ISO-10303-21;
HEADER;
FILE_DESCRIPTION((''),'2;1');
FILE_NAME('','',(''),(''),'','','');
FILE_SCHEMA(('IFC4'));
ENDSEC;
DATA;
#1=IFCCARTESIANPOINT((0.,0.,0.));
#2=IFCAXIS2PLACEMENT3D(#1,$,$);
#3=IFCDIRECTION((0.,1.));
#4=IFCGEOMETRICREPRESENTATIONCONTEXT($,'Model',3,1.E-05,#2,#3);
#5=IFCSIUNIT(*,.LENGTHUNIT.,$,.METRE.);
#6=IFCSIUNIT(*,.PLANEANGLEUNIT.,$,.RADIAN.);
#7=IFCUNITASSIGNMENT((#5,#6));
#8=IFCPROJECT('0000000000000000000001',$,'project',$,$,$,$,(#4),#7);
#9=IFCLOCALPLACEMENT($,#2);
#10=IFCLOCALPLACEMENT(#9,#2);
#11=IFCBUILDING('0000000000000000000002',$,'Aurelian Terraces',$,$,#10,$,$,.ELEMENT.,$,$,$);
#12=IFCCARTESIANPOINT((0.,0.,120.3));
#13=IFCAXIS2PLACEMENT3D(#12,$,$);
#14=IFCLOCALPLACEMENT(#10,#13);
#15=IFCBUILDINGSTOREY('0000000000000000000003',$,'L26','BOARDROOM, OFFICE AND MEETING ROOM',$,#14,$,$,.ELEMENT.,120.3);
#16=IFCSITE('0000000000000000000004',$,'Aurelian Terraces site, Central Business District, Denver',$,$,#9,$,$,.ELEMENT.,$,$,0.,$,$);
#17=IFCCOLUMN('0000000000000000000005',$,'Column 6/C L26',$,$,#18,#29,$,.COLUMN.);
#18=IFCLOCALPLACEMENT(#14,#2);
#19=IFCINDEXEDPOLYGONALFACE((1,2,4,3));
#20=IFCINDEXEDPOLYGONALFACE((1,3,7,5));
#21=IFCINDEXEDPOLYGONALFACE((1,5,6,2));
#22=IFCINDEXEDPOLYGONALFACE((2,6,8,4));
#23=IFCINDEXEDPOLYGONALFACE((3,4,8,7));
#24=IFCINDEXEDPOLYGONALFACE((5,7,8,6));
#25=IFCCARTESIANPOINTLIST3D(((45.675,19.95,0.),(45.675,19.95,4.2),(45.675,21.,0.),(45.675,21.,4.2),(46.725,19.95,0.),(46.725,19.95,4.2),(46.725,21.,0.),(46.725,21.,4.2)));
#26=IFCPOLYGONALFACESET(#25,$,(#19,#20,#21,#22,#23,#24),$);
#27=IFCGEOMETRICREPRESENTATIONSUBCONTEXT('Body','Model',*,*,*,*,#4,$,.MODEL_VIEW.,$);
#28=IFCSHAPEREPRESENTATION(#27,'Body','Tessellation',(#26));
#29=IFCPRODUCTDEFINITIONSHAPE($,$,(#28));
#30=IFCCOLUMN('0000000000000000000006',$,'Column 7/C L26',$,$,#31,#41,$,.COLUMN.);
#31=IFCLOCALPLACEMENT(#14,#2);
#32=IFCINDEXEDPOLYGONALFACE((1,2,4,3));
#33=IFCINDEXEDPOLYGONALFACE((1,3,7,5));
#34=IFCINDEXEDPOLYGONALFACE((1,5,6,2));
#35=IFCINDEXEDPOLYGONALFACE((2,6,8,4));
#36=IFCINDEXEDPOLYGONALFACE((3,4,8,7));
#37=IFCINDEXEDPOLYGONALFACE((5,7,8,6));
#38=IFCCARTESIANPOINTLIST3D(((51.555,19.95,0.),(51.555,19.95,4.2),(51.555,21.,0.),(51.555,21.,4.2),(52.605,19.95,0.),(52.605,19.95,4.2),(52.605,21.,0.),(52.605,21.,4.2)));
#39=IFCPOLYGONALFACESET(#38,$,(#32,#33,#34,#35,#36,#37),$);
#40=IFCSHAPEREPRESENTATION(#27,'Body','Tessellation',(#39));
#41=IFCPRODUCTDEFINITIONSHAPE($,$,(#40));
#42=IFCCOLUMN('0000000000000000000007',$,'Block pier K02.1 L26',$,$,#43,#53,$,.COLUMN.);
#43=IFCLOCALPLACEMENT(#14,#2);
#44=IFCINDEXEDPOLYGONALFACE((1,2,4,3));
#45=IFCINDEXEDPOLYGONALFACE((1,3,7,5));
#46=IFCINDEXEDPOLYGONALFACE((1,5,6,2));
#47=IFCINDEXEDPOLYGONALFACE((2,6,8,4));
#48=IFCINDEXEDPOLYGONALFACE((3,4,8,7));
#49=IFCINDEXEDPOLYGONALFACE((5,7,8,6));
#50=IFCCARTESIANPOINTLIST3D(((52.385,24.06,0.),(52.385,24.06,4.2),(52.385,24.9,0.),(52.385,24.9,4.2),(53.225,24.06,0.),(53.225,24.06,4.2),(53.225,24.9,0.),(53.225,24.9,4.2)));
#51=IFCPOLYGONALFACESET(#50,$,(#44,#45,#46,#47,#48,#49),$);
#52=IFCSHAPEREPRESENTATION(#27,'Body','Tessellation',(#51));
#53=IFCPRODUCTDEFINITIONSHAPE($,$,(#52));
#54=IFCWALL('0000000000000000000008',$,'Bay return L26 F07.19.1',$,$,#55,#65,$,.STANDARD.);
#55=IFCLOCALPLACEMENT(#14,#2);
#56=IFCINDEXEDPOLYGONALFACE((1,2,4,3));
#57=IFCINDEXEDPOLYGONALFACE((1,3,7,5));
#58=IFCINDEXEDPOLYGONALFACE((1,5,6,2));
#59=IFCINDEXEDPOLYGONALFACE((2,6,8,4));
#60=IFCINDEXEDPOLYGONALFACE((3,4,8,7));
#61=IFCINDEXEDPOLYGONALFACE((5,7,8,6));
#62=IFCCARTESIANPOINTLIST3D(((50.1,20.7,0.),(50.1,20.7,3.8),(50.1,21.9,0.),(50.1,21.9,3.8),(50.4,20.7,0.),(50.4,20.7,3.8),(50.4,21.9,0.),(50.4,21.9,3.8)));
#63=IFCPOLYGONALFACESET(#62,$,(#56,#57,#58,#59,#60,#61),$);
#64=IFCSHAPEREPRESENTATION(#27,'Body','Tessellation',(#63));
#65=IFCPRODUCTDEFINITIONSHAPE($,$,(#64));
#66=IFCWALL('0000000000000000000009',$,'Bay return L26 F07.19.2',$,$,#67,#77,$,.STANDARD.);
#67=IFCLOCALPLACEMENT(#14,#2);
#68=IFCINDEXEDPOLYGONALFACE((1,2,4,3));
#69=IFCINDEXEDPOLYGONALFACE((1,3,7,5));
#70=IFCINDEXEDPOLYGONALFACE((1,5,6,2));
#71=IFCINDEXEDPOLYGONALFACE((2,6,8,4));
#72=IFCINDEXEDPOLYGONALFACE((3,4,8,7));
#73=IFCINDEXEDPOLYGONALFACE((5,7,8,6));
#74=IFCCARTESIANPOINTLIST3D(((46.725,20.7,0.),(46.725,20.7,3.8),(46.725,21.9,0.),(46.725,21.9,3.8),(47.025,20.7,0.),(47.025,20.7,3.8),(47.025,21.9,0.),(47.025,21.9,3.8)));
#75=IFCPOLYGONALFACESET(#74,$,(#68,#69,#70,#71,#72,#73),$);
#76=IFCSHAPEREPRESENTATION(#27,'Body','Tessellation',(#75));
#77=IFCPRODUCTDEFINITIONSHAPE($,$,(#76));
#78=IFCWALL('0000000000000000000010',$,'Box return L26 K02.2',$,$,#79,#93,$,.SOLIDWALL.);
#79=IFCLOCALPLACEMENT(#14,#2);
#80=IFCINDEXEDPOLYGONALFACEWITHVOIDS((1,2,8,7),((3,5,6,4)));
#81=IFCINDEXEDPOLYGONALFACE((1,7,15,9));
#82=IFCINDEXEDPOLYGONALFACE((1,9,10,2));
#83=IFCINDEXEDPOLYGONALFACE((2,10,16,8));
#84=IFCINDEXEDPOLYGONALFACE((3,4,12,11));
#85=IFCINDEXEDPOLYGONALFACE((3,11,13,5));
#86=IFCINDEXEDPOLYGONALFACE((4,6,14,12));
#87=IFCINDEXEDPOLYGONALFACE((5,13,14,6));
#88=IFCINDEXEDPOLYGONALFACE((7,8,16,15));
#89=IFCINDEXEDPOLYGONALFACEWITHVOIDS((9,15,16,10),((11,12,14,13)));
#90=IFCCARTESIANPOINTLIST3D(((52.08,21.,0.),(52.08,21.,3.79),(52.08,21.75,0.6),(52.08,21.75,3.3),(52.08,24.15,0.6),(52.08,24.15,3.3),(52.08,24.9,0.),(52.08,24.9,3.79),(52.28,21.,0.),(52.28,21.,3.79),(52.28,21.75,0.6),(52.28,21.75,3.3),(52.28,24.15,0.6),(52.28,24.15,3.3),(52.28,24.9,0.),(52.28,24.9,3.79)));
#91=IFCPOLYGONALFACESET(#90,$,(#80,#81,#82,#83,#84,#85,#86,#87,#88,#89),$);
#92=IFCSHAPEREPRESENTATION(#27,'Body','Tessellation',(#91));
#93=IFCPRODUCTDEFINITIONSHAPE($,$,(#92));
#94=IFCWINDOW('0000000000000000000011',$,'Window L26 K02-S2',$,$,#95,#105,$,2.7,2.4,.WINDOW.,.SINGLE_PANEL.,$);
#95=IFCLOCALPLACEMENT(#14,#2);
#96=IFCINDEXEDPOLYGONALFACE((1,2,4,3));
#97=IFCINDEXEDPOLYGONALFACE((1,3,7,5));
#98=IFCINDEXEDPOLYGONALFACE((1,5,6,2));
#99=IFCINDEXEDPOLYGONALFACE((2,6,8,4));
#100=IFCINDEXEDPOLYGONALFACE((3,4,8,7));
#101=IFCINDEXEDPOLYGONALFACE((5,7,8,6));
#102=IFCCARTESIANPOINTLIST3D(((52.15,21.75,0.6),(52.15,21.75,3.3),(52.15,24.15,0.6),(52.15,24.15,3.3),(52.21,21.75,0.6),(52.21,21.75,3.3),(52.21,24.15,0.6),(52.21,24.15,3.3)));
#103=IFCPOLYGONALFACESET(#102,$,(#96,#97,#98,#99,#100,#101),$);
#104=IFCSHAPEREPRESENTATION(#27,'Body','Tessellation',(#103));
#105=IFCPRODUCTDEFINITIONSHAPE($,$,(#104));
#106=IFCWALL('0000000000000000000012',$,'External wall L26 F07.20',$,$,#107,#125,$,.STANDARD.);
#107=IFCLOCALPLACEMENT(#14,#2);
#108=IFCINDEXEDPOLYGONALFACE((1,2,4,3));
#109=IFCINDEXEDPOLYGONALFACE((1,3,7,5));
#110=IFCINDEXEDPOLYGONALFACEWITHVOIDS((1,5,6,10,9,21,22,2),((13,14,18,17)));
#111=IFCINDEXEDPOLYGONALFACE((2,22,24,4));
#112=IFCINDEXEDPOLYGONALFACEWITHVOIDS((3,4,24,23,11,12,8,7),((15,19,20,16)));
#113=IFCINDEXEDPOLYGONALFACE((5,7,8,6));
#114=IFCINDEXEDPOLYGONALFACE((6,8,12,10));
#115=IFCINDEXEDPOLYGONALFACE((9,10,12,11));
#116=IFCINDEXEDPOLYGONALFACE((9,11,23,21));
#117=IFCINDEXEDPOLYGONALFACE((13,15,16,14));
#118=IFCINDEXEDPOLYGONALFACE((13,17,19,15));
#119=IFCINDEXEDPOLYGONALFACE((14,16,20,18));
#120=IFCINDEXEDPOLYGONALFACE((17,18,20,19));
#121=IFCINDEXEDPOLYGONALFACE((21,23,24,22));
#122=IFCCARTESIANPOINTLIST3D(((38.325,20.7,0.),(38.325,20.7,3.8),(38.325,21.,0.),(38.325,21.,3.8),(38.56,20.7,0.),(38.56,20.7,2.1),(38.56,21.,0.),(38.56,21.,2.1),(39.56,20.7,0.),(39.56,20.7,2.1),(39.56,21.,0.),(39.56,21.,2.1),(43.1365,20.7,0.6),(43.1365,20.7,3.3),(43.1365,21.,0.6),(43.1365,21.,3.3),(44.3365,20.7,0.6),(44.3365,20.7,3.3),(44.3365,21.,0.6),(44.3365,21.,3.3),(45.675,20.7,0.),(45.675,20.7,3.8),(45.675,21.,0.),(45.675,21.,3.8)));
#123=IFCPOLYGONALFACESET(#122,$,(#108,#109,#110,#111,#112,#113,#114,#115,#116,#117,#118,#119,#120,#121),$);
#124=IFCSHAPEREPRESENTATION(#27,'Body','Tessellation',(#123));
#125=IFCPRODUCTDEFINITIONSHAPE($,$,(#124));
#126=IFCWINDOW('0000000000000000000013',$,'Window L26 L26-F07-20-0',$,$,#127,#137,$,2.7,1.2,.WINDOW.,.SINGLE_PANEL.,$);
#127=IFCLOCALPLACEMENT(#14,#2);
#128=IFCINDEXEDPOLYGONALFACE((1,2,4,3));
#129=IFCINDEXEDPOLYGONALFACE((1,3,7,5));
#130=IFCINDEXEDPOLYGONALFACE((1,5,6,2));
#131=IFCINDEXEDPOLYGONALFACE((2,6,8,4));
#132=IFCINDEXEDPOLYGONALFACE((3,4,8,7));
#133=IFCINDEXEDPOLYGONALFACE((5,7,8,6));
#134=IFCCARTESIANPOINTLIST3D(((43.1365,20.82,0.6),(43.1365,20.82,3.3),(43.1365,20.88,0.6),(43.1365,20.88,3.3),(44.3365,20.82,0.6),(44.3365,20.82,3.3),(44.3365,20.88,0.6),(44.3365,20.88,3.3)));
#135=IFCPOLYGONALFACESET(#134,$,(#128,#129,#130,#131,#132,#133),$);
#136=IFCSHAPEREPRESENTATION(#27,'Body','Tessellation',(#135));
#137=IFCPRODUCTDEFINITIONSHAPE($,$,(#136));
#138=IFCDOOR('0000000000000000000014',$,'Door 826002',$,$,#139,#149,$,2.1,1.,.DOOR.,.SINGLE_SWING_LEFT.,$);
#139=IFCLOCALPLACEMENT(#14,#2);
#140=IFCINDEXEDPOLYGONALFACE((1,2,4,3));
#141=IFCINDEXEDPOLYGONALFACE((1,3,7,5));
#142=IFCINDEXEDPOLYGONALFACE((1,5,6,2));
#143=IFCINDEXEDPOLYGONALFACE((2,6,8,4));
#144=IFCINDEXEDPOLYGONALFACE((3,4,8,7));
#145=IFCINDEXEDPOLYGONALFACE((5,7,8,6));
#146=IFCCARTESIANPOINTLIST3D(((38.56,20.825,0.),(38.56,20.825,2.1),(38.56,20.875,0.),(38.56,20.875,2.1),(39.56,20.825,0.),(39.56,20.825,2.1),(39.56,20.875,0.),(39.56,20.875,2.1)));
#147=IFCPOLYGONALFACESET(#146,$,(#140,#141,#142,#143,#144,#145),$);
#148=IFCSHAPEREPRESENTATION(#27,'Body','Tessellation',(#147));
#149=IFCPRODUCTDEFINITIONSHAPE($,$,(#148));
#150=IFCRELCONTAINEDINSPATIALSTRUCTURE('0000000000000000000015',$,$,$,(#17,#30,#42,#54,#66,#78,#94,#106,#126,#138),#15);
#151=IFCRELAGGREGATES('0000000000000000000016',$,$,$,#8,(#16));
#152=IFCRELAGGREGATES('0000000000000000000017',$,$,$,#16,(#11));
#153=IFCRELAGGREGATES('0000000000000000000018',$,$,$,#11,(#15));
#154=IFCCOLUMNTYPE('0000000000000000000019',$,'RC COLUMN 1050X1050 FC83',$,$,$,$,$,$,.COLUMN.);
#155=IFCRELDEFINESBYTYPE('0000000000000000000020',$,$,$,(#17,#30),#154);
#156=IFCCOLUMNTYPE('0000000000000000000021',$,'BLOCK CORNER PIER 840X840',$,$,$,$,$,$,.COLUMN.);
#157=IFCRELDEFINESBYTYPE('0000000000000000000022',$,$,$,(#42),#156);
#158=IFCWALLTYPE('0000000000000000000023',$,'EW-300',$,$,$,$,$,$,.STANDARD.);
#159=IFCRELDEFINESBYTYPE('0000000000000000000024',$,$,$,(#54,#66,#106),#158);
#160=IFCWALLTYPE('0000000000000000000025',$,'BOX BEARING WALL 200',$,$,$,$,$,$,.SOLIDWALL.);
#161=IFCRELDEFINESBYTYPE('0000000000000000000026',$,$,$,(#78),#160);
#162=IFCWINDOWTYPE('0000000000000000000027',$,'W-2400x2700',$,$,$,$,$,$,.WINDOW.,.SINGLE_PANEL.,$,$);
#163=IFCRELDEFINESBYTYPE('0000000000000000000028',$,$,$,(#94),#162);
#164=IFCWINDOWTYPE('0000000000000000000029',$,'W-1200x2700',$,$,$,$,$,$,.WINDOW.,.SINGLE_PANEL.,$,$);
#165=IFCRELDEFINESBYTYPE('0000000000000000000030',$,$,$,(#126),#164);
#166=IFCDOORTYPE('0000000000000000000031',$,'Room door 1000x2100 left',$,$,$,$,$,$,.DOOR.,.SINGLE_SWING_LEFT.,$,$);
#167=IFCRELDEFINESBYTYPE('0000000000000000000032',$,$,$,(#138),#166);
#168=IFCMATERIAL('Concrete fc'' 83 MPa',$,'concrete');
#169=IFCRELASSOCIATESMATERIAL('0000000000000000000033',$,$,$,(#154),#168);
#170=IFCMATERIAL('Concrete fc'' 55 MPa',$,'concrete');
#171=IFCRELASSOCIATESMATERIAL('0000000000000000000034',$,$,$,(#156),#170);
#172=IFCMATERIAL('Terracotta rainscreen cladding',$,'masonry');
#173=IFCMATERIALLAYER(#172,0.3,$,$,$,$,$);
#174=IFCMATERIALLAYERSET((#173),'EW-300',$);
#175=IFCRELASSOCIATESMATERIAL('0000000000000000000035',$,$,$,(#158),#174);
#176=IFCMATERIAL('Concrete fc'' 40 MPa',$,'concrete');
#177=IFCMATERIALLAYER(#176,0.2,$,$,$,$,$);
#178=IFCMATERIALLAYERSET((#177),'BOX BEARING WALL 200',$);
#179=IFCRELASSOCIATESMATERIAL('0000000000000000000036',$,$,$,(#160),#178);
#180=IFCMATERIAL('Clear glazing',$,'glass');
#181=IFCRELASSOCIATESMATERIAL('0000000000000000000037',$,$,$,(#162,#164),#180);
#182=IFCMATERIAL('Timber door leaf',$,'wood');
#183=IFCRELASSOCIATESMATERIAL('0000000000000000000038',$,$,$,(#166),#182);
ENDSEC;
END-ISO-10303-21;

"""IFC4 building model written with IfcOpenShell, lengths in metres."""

from ifc_helpers import new_model, si_unit, direction, frame, frame_2d, origin, origin_2d, place, context, subcontext, project, spatial, rectangle, extrude, source, transform, mapped, material, layer, layer_set, material_profile, profile_set, type_object, element, fill, save


model = new_model("IFC4")

# Units and contexts
model_context = context("Model", 3, precision=1e-05, world=origin(), true_north=direction((0.0, 1.0)))
body_context = subcontext(model_context, "Body", "Model", "MODEL_VIEW")
ifc_project = project(units=[si_unit("LENGTHUNIT", "METRE"), si_unit("PLANEANGLEUNIT", "RADIAN")], contexts=[model_context])

# Site, building, storey
site_placement = place(None, origin())
site = spatial("IfcSite", under=ifc_project, at=site_placement, Name="Aurelian Terraces site, Central Business District, Denver", CompositionType="ELEMENT", RefElevation=0.0)
building_placement = place(site_placement, origin())
building = spatial("IfcBuilding", under=site, at=building_placement, Name="Aurelian Terraces", CompositionType="ELEMENT")
storey_placement = place(building_placement, frame((0.0, 0.0, 120.3)))
storey = spatial("IfcBuildingStorey", under=building, at=storey_placement, Name="L26", Description="BOARDROOM, OFFICE AND MEETING ROOM", CompositionType="ELEMENT", Elevation=120.3)

# Columns
ifc_material_1 = material(Name="Concrete fc' 83 MPa", Category="concrete")
ifc_material_profile_1 = material_profile(ifc_material_1, rectangle(XDim=1.05, YDim=1.05, at=origin_2d()))
ifc_profile_set_1 = profile_set([ifc_material_profile_1], Name="Concrete fc' 83 MPa")
column_type_1 = type_object("IfcColumnType", Name="RC COLUMN 1050X1050 FC83", PredefinedType="COLUMN", material=ifc_profile_set_1)
shared_shape_1 = source(origin(), body_context, "Body", "SweptSolid", [
    extrude(rectangle(XDim=1.05, YDim=1.05, at=origin_2d()), origin(), (0.0, 0.0, 1.0), 4.2),
])
for number, where, z_axis, x_axis, name in (
    (1, (46.2, 20.475, 0.0), (0.0, 0.0, 1.0), (1.0, 0.0, 0.0), "Column 6/C L26"),
    (2, (52.08, 20.475, 0.0), (0.0, 0.0, 1.0), (1.0, 0.0, 0.0), "Column 7/C L26"),
):
    element("IfcColumn", number, at=place(storey_placement, frame(where, z_axis=z_axis, x_axis=x_axis)), inside=storey, type_object=column_type_1, Name=name, PredefinedType="COLUMN", context=body_context, shape_type="MappedRepresentation", body=[
        mapped(shared_shape_1, transform((0.0, 0.0, 0.0), scale=1.0)),
    ])
ifc_material_2 = material(Name="Concrete fc' 55 MPa", Category="concrete")
ifc_material_profile_2 = material_profile(ifc_material_2, rectangle(XDim=0.84, YDim=0.84, at=origin_2d()))
ifc_profile_set_2 = profile_set([ifc_material_profile_2], Name="Concrete fc' 55 MPa")
column_type_2 = type_object("IfcColumnType", Name="BLOCK CORNER PIER 840X840", PredefinedType="COLUMN", material=ifc_profile_set_2)
shared_shape_2 = source(origin(), body_context, "Body", "SweptSolid", [
    extrude(rectangle(XDim=0.84, YDim=0.84, at=origin_2d()), origin(), (0.0, 0.0, 1.0), 4.2),
])
column_placement = place(storey_placement, frame((52.805, 24.48, 0.0), z_axis=(0.0, 0.0, 1.0), x_axis=(1.0, 0.0, 0.0)))
element("IfcColumn", 3, at=column_placement, inside=storey, type_object=column_type_2, Name="Block pier K02.1 L26", PredefinedType="COLUMN", context=body_context, shape_type="MappedRepresentation", body=[
    mapped(shared_shape_2, transform((0.0, 0.0, 0.0), scale=1.0)),
])

# Walls
ifc_material_3 = material(Name="Terracotta rainscreen cladding", Category="masonry")
ifc_layer_1 = layer(ifc_material_3, 0.3)
ifc_layer_set_1 = layer_set([ifc_layer_1], Name="EW-300")
wall_type_1 = type_object("IfcWallType", Name="EW-300", PredefinedType="STANDARD", material=ifc_layer_set_1)
shared_shape_3 = source(origin(), body_context, "Body", "SweptSolid", [
    extrude(rectangle(XDim=1.2, YDim=0.3, at=frame_2d((0.6, 0.0))), origin(), (0.0, 0.0, 1.0), 3.8),
])
for number, where, z_axis, x_axis, name in (
    (4, (50.25, 20.7, 0.0), (0.0, 0.0, 1.0), (0.0, 1.0, 0.0), "Bay return L26 F07.19.1"),
    (5, (46.875, 20.7, 0.0), (0.0, 0.0, 1.0), (0.0, 1.0, 0.0), "Bay return L26 F07.19.2"),
):
    element("IfcWall", number, at=place(storey_placement, frame(where, z_axis=z_axis, x_axis=x_axis)), inside=storey, type_object=wall_type_1, Name=name, PredefinedType="STANDARD", context=body_context, shape_type="MappedRepresentation", body=[
        mapped(shared_shape_3, transform((0.0, 0.0, 0.0), scale=1.0)),
    ])

# Wall, opening, window
ifc_material_4 = material(Name="Concrete fc' 40 MPa", Category="concrete")
ifc_layer_2 = layer(ifc_material_4, 0.2)
ifc_layer_set_2 = layer_set([ifc_layer_2], Name="BOX BEARING WALL 200")
wall_type_2 = type_object("IfcWallType", Name="BOX BEARING WALL 200", PredefinedType="SOLIDWALL", material=ifc_layer_set_2)
shared_shape_4 = source(origin(), body_context, "Body", "SweptSolid", [
    extrude(rectangle(XDim=3.9, YDim=0.2, at=frame_2d((1.95, 0.0))), origin(), (0.0, 0.0, 1.0), 3.79),
])
wall_1_placement = place(storey_placement, frame((52.18, 21.0, 0.0), z_axis=(0.0, 0.0, 1.0), x_axis=(0.0, 1.0, 0.0)))
wall_1 = element("IfcWall", 6, at=wall_1_placement, inside=storey, type_object=wall_type_2, Name="Box return L26 K02.2", PredefinedType="SOLIDWALL", context=body_context, shape_type="MappedRepresentation", body=[
    mapped(shared_shape_4, transform((0.0, 0.0, 0.0), scale=1.0)),
])
shared_shape_5 = source(origin(), body_context, "Body", "SweptSolid", [
    extrude(rectangle(XDim=2.4, YDim=2.7, at=frame_2d((1.2, 1.35))), frame((0.0, 0.11, 0.0), z_axis=(0.0, -1.0, 0.0), x_axis=(1.0, 0.0, 0.0)), (0.0, 0.0, 1.0), 0.22),
])
opening_1_placement = place(wall_1_placement, frame((0.75, 0.0, 0.6)))
opening_1 = element("IfcOpeningElement", 7, at=opening_1_placement, cuts=wall_1, PredefinedType="OPENING", context=body_context, shape_type="MappedRepresentation", body=[
    mapped(shared_shape_5, transform((0.0, 0.0, 0.0), scale=1.0)),
])
ifc_material_5 = material(Name="Clear glazing", Category="glass")
window_type_1 = type_object("IfcWindowType", Name="W-2400x2700", PartitioningType="SINGLE_PANEL", PredefinedType="WINDOW", material=ifc_material_5)
shared_shape_6 = source(origin(), body_context, "Body", "SweptSolid", [
    extrude(rectangle(XDim=2.4, YDim=2.7, at=frame_2d((1.2, 1.35))), frame((0.0, 0.03, 0.0), z_axis=(0.0, -1.0, 0.0), x_axis=(1.0, 0.0, 0.0)), (0.0, 0.0, 1.0), 0.06),
])
window_1_placement = place(opening_1_placement, origin())
window_1 = element("IfcWindow", 8, at=window_1_placement, inside=storey, type_object=window_type_1, Name="Window L26 K02-S2", OverallHeight=2.7, OverallWidth=2.4, PartitioningType="SINGLE_PANEL", PredefinedType="WINDOW", context=body_context, shape_type="MappedRepresentation", body=[
    mapped(shared_shape_6, transform((0.0, 0.0, 0.0), scale=1.0)),
])
fill(opening_1, window_1)

# Wall, openings, window, door
shared_shape_7 = source(origin(), body_context, "Body", "SweptSolid", [
    extrude(rectangle(XDim=7.35, YDim=0.3, at=frame_2d((3.675, 0.0))), origin(), (0.0, 0.0, 1.0), 3.8),
])
wall_2_placement = place(storey_placement, frame((45.675, 20.85, 0.0), z_axis=(0.0, 0.0, 1.0), x_axis=(-1.0, 0.0, 0.0)))
wall_2 = element("IfcWall", 9, at=wall_2_placement, inside=storey, type_object=wall_type_1, Name="External wall L26 F07.20", PredefinedType="STANDARD", context=body_context, shape_type="MappedRepresentation", body=[
    mapped(shared_shape_7, transform((0.0, 0.0, 0.0), scale=1.0)),
])
shared_shape_8 = source(origin(), body_context, "Body", "SweptSolid", [
    extrude(rectangle(XDim=1.2, YDim=2.7, at=frame_2d((0.6, 1.35))), frame((0.0, 0.16, 0.0), z_axis=(0.0, -1.0, 0.0), x_axis=(1.0, 0.0, 0.0)), (0.0, 0.0, 1.0), 0.32),
])
opening_2_placement = place(wall_2_placement, frame((1.3385, 0.0, 0.6)))
opening_2 = element("IfcOpeningElement", 10, at=opening_2_placement, cuts=wall_2, PredefinedType="OPENING", context=body_context, shape_type="MappedRepresentation", body=[
    mapped(shared_shape_8, transform((0.0, 0.0, 0.0), scale=1.0)),
])
shared_shape_9 = source(origin(), body_context, "Body", "SweptSolid", [
    extrude(rectangle(XDim=1.0, YDim=2.1, at=frame_2d((0.5, 1.05))), frame((0.0, 0.16, 0.0), z_axis=(0.0, -1.0, 0.0), x_axis=(1.0, 0.0, 0.0)), (0.0, 0.0, 1.0), 0.32),
])
opening_3_placement = place(wall_2_placement, frame((6.115, 0.0, 0.0)))
opening_3 = element("IfcOpeningElement", 11, at=opening_3_placement, cuts=wall_2, PredefinedType="OPENING", context=body_context, shape_type="MappedRepresentation", body=[
    mapped(shared_shape_9, transform((0.0, 0.0, 0.0), scale=1.0)),
])
window_type_2 = type_object("IfcWindowType", Name="W-1200x2700", PartitioningType="SINGLE_PANEL", PredefinedType="WINDOW", material=ifc_material_5)
shared_shape_10 = source(origin(), body_context, "Body", "SweptSolid", [
    extrude(rectangle(XDim=1.2, YDim=2.7, at=frame_2d((0.6, 1.35))), frame((0.0, 0.03, 0.0), z_axis=(0.0, -1.0, 0.0), x_axis=(1.0, 0.0, 0.0)), (0.0, 0.0, 1.0), 0.06),
])
window_2_placement = place(opening_2_placement, origin())
window_2 = element("IfcWindow", 12, at=window_2_placement, inside=storey, type_object=window_type_2, Name="Window L26 L26-F07-20-0", OverallHeight=2.7, OverallWidth=1.2, PartitioningType="SINGLE_PANEL", PredefinedType="WINDOW", context=body_context, shape_type="MappedRepresentation", body=[
    mapped(shared_shape_10, transform((0.0, 0.0, 0.0), scale=1.0)),
])
fill(opening_2, window_2)
ifc_material_6 = material(Name="Timber door leaf", Category="wood")
door_type_1 = type_object("IfcDoorType", Name="Room door 1000x2100 left", OperationType="SINGLE_SWING_LEFT", PredefinedType="DOOR", material=ifc_material_6)
shared_shape_11 = source(origin(), body_context, "Body", "SweptSolid", [
    extrude(rectangle(XDim=1.0, YDim=2.1, at=frame_2d((0.5, 1.05))), frame((0.0, 0.025, 0.0), z_axis=(0.0, -1.0, 0.0), x_axis=(1.0, 0.0, 0.0)), (0.0, 0.0, 1.0), 0.05),
])
door_1_placement = place(opening_3_placement, origin())
door_1 = element("IfcDoor", 13, at=door_1_placement, inside=storey, type_object=door_type_1, Name="Door 826002", OperationType="SINGLE_SWING_LEFT", OverallHeight=2.1, OverallWidth=1.0, PredefinedType="DOOR", context=body_context, shape_type="MappedRepresentation", body=[
    mapped(shared_shape_11, transform((0.0, 0.0, 0.0), scale=1.0)),
])
fill(opening_3, door_1)

save(model, "model.ifc")
